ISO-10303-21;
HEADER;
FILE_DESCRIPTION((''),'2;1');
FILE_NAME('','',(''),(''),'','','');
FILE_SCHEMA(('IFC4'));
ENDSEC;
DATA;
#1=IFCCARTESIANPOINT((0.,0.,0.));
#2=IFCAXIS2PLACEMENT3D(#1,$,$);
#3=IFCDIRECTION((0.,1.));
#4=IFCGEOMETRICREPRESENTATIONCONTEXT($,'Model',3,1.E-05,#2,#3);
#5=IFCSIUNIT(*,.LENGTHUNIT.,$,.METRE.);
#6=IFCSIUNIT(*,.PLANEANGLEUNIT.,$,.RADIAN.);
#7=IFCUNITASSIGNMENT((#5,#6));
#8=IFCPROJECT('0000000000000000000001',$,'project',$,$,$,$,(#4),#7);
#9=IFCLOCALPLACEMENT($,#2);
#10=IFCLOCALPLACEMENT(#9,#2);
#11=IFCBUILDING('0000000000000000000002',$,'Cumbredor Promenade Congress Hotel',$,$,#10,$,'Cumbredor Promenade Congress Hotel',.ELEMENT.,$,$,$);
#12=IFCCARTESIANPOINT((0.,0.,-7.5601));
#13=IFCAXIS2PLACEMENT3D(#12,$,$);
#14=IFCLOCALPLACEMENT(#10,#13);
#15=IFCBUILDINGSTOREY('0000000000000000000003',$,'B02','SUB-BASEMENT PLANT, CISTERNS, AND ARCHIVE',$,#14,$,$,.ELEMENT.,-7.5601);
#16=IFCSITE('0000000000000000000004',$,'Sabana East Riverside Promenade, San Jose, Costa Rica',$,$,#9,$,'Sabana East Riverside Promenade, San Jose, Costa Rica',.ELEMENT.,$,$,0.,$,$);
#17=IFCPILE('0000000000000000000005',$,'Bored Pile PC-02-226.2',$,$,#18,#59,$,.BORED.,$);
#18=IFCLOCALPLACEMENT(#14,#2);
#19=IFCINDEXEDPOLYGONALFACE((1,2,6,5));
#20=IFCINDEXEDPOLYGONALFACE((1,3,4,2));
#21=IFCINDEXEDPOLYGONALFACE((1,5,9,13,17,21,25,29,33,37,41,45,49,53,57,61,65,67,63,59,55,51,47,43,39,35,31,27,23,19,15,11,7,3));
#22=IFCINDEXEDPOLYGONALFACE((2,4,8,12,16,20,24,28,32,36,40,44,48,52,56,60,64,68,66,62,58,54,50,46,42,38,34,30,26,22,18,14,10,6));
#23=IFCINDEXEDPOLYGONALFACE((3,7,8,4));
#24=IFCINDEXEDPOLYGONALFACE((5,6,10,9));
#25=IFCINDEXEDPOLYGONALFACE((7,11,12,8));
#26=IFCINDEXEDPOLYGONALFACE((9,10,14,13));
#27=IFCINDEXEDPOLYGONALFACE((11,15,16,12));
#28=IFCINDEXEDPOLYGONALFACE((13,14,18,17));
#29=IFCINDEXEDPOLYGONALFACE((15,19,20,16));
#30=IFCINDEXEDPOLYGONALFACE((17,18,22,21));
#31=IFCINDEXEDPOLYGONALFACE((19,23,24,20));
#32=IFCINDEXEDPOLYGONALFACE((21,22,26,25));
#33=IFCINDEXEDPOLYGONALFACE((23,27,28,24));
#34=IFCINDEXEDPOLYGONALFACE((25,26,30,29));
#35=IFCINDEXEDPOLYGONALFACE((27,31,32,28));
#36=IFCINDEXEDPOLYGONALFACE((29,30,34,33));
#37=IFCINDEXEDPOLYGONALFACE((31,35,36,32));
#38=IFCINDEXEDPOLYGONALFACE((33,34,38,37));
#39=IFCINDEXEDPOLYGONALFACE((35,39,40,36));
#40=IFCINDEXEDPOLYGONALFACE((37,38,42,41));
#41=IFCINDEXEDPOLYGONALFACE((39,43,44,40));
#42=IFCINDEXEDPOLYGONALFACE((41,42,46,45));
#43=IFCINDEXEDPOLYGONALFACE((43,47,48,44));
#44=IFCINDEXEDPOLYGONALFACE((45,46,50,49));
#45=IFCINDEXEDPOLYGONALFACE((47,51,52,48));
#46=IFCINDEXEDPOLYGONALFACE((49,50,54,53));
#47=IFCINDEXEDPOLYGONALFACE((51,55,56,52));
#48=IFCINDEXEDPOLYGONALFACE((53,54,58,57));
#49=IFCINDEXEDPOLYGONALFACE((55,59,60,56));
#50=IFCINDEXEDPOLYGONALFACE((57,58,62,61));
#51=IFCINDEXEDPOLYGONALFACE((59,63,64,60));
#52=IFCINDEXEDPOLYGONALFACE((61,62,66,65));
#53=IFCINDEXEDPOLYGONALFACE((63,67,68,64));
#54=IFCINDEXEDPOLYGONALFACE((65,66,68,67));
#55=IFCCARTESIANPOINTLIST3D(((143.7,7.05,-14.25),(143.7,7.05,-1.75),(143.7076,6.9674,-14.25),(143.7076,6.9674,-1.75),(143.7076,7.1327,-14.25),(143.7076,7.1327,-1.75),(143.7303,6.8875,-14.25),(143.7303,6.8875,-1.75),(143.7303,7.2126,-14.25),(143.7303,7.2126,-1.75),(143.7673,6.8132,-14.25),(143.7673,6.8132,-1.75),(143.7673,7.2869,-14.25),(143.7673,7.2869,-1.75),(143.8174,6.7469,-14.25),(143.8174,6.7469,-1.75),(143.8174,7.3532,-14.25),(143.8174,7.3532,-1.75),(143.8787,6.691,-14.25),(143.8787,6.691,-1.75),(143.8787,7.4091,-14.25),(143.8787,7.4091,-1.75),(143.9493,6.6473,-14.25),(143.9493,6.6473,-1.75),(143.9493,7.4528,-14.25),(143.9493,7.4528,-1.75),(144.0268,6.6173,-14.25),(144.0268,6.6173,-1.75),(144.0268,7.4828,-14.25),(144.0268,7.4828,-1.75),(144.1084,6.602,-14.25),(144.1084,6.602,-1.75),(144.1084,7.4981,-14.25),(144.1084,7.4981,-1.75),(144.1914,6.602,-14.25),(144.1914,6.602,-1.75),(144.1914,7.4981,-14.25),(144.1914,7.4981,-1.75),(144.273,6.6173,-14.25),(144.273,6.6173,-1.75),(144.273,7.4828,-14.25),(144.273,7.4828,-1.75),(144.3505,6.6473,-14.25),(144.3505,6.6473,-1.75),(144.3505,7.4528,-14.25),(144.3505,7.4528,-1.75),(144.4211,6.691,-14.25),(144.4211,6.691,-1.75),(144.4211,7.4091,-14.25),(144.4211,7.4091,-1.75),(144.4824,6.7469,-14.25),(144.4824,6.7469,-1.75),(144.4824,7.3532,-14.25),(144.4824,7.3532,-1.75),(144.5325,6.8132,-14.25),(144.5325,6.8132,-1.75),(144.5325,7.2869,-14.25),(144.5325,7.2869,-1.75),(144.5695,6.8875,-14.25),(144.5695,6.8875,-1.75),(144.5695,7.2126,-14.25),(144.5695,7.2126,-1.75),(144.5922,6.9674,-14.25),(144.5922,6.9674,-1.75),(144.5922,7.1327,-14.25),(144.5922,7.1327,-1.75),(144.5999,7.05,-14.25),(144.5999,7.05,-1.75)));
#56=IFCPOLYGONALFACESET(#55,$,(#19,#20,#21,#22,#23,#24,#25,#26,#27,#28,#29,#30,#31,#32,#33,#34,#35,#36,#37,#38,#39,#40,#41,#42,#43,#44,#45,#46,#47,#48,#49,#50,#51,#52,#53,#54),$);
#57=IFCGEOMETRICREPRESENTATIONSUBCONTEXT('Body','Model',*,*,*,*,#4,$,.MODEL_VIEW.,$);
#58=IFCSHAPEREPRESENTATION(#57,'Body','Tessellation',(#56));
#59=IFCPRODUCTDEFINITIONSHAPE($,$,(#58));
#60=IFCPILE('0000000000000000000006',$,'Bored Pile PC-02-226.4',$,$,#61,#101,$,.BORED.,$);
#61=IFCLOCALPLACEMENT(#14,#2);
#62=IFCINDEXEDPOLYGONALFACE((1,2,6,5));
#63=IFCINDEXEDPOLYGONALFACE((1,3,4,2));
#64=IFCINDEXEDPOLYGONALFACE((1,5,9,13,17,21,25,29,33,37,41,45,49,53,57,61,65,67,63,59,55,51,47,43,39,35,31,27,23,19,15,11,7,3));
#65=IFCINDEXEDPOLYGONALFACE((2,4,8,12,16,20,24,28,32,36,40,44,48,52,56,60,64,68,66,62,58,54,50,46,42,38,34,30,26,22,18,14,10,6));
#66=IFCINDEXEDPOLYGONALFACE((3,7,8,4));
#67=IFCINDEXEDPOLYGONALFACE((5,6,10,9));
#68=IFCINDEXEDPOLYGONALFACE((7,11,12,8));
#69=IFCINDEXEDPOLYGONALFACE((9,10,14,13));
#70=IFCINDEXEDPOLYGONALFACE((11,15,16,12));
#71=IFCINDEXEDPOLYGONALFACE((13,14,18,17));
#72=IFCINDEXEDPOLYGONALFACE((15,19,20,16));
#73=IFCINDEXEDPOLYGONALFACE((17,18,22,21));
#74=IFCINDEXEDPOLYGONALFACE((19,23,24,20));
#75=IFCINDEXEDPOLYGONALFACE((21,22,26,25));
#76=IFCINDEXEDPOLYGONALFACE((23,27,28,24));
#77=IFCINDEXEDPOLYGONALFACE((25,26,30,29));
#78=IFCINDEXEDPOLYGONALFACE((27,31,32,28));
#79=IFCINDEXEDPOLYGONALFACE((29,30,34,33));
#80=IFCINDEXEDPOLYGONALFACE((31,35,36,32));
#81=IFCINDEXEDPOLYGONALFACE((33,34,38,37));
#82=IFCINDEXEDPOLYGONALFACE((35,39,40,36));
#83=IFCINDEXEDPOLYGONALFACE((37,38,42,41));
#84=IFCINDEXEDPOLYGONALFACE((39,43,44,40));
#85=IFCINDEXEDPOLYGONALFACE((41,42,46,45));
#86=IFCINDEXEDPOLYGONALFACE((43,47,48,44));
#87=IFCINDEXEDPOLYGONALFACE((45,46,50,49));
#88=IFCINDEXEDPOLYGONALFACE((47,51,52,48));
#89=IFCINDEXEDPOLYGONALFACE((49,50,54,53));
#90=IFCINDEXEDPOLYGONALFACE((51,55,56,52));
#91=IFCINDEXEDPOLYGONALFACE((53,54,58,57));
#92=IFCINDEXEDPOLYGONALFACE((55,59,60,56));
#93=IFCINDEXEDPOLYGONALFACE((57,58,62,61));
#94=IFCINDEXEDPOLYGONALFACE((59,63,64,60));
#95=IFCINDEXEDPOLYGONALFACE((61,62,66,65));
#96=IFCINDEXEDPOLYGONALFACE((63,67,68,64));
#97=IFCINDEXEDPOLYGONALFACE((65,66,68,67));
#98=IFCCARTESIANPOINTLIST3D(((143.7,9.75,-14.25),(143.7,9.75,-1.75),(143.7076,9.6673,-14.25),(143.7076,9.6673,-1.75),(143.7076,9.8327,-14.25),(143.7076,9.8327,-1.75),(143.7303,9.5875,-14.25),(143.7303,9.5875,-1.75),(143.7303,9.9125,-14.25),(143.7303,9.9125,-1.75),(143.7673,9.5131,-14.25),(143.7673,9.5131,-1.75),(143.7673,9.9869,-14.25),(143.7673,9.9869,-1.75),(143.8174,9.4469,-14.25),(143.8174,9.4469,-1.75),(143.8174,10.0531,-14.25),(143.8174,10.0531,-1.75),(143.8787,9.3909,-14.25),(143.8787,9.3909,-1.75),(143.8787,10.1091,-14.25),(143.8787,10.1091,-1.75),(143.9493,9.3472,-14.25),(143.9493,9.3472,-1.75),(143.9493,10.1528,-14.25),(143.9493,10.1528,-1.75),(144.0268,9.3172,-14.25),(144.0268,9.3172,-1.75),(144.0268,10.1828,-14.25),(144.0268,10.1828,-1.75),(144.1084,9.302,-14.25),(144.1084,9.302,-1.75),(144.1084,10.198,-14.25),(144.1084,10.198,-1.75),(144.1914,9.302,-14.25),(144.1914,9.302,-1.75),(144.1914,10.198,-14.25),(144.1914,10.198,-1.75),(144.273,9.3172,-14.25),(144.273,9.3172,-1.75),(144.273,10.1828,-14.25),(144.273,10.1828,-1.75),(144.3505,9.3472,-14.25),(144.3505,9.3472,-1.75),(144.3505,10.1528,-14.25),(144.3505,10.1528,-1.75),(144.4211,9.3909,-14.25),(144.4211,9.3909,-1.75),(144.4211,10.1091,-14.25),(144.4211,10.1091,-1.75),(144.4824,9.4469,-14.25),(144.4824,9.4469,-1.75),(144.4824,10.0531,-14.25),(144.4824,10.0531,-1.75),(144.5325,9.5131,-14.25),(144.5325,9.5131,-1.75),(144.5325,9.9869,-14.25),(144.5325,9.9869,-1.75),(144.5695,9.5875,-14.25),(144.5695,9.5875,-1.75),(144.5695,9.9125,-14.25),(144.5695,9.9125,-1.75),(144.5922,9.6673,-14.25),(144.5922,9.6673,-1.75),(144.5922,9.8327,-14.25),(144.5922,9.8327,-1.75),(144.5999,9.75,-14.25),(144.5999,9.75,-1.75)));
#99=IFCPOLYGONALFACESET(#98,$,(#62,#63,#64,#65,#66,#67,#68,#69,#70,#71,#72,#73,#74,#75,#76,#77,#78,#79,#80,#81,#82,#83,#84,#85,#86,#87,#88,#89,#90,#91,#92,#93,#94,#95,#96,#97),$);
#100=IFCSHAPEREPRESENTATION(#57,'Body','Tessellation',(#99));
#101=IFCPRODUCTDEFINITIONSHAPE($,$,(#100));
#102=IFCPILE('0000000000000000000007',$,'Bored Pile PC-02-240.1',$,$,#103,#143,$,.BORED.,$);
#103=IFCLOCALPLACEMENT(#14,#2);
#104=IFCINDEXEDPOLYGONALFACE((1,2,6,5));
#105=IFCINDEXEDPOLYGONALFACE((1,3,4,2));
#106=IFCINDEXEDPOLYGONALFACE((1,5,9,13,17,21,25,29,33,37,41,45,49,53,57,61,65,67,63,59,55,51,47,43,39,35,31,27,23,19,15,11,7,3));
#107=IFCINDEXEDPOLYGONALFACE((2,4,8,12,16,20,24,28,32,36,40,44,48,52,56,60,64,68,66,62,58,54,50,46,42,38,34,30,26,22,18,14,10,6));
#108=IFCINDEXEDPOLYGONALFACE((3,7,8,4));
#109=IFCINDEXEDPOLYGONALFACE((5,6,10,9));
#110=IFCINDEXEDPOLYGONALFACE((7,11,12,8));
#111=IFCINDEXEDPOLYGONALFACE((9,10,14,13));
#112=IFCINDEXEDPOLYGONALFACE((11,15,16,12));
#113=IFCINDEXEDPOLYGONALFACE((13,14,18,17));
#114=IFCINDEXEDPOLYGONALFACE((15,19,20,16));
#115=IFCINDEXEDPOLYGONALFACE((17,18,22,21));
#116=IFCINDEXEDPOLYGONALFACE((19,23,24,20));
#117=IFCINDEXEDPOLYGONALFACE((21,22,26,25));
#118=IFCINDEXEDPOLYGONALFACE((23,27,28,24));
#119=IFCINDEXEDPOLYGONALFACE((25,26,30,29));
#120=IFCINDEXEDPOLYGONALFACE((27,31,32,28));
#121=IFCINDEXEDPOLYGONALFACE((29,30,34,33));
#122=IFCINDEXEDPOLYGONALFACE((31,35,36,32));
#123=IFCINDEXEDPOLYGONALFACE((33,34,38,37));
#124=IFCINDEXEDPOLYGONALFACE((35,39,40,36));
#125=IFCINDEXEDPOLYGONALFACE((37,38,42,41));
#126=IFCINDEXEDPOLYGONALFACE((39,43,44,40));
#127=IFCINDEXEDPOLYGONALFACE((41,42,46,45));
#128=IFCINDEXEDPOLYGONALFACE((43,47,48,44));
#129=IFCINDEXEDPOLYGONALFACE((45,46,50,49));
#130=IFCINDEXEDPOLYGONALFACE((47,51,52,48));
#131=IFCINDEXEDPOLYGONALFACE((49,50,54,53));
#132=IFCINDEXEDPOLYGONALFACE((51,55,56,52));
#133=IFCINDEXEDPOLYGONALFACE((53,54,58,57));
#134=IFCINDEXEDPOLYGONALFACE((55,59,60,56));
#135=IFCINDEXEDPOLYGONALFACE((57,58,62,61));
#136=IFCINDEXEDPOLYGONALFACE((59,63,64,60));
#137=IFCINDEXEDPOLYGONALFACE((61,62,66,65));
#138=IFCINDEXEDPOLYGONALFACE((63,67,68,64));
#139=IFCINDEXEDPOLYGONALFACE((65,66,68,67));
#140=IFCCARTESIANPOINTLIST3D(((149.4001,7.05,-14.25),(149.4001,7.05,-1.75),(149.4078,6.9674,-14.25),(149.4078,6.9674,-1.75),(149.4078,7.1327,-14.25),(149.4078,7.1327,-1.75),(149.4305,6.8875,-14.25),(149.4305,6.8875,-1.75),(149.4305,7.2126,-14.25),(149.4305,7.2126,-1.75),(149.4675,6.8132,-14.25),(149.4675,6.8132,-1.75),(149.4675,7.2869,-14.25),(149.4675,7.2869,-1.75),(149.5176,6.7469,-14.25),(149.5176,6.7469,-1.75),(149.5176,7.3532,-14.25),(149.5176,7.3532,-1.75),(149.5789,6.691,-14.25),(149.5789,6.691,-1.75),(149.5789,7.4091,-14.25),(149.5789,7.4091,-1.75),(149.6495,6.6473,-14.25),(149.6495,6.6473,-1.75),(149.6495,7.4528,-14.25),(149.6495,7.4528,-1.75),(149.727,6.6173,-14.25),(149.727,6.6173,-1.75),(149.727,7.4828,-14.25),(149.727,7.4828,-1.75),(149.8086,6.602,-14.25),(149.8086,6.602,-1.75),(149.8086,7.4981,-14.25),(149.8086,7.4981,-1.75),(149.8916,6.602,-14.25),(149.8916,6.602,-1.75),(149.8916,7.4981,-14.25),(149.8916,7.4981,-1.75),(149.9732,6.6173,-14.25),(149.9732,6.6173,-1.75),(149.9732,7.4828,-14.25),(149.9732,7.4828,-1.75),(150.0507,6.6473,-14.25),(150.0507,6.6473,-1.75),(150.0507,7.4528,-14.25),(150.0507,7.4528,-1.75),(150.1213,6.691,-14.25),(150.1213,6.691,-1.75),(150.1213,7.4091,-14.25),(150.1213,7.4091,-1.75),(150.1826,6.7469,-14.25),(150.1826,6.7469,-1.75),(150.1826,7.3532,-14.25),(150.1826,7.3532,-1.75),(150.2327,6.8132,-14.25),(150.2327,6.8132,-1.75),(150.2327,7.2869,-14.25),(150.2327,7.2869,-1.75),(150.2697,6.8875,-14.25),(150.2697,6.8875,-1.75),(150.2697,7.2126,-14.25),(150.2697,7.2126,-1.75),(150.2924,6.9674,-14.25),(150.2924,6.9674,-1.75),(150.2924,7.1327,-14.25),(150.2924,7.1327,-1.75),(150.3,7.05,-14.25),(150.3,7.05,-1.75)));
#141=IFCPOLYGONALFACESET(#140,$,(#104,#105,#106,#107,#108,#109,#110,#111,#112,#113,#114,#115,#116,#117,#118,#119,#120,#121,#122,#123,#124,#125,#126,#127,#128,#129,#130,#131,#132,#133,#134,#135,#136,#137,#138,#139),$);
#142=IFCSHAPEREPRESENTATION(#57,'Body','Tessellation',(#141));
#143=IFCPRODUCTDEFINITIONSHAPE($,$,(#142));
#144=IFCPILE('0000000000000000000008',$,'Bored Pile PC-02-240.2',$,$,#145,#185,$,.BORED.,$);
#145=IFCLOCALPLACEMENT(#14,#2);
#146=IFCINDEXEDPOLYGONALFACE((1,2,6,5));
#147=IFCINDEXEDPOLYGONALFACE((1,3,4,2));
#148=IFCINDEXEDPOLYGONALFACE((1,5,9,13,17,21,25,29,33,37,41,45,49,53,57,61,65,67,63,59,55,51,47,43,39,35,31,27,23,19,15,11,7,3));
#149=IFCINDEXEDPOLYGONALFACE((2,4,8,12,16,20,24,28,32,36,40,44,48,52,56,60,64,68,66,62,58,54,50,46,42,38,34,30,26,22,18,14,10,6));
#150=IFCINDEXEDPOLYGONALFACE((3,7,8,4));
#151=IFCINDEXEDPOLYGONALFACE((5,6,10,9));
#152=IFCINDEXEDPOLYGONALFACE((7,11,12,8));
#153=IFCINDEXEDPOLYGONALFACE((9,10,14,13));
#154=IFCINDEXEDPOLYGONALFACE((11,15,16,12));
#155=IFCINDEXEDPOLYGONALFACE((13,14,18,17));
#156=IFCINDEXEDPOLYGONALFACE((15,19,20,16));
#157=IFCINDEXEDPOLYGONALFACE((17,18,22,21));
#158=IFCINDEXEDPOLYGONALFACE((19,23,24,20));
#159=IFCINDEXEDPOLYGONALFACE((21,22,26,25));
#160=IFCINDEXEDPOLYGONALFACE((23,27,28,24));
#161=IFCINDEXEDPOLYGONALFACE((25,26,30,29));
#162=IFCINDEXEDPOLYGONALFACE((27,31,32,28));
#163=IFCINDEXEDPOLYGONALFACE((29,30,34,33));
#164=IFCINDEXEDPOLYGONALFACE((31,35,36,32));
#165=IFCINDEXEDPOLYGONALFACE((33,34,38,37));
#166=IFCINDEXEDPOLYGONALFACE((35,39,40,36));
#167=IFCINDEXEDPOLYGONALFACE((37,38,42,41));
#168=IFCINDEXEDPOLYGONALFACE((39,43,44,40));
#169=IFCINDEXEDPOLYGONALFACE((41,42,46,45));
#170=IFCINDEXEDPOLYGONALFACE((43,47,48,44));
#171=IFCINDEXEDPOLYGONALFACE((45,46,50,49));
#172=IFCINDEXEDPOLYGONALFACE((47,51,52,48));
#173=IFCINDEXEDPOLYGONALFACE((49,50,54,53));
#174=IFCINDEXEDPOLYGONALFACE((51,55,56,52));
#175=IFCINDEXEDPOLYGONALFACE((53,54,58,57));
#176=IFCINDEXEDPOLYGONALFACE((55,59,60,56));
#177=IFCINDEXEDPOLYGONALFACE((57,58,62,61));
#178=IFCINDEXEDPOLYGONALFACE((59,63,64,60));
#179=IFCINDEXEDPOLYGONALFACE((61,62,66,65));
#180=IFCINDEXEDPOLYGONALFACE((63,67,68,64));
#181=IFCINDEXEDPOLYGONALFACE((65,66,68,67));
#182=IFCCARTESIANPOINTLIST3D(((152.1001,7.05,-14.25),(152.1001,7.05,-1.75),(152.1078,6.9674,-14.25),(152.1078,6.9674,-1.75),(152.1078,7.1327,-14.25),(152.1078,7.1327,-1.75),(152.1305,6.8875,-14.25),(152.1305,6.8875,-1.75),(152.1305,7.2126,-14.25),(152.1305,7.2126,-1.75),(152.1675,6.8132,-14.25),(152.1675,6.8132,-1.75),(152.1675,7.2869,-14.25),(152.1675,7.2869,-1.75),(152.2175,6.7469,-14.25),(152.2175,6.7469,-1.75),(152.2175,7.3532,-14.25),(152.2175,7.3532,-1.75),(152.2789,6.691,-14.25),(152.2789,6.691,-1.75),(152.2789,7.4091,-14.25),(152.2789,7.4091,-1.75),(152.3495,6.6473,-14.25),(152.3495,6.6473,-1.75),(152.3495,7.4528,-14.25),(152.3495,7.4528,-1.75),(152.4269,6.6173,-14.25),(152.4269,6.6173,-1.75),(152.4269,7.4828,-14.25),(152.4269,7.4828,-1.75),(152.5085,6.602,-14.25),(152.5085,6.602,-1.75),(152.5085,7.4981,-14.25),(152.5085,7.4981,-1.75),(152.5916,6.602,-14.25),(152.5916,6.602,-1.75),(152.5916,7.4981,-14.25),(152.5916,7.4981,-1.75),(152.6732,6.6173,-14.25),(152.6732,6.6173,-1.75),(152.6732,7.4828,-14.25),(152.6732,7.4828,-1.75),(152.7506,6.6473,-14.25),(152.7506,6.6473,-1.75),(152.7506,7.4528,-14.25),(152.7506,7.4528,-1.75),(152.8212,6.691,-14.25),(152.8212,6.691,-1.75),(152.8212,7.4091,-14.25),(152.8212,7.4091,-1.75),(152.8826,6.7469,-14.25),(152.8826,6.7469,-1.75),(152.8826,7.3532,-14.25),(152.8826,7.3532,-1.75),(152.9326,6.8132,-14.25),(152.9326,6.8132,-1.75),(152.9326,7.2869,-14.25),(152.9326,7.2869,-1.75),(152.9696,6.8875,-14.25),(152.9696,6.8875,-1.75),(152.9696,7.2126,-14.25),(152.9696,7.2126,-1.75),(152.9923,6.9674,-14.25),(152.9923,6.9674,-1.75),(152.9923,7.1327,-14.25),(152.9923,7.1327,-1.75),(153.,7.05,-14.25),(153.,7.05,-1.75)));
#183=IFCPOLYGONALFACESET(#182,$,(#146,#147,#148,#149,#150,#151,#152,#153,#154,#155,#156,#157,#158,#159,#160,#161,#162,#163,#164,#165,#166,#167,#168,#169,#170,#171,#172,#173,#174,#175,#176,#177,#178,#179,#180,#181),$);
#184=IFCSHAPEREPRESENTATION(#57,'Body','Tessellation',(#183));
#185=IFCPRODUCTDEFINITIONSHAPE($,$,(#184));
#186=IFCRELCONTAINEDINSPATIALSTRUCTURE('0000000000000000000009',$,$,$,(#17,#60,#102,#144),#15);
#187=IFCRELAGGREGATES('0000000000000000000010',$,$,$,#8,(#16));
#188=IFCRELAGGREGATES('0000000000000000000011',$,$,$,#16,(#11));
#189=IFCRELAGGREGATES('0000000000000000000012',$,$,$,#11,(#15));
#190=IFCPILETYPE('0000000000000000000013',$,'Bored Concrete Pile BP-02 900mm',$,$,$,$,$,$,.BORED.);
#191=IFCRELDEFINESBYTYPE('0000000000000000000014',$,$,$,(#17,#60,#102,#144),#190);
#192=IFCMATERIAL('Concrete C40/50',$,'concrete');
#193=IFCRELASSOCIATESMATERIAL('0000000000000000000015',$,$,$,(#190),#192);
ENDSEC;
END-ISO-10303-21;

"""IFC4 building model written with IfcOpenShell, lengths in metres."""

from ifc_helpers import new_model, si_unit, direction, frame, origin, origin_2d, place, context, subcontext, project, spatial, circle, extrude, material, material_profile, profile_set, type_object, element, save


model = new_model("IFC4")

# Units and contexts
model_context = context("Model", 3, precision=1e-05, world=origin(), true_north=direction((0.0, 1.0)))
body_context = subcontext(model_context, "Body", "Model", "MODEL_VIEW")
ifc_project = project(units=[si_unit("LENGTHUNIT", "METRE"), si_unit("PLANEANGLEUNIT", "RADIAN")], contexts=[model_context])

# Site, building, storey
site_placement = place(None, origin())
site = spatial("IfcSite", under=ifc_project, at=site_placement, Name="Sabana East Riverside Promenade, San Jose, Costa Rica", LongName="Sabana East Riverside Promenade, San Jose, Costa Rica", CompositionType="ELEMENT", RefElevation=0.0)
building_placement = place(site_placement, origin())
building = spatial("IfcBuilding", under=site, at=building_placement, Name="Cumbredor Promenade Congress Hotel", LongName="Cumbredor Promenade Congress Hotel", CompositionType="ELEMENT")
storey_placement = place(building_placement, frame((0.0, 0.0, -7.5601)))
storey = spatial("IfcBuildingStorey", under=building, at=storey_placement, Name="B02", Description="SUB-BASEMENT PLANT, CISTERNS, AND ARCHIVE", CompositionType="ELEMENT", Elevation=-7.5601)

# Piles
ifc_material_1 = material(Name="Concrete C40/50", Category="concrete")
ifc_material_profile_1 = material_profile(ifc_material_1, circle(Radius=0.45, at=origin_2d()), Name="PILE D900")
ifc_profile_set_1 = profile_set([ifc_material_profile_1], Name="Concrete C40/50")
pile_type = type_object("IfcPileType", Name="Bored Concrete Pile BP-02 900mm", PredefinedType="BORED", material=ifc_profile_set_1)
for number, where, z_axis, x_axis, name in (
    (1, (144.1499, 7.05, -1.75), (0.0, 0.0, -1.0), (1.0, 0.0, 0.0), "Bored Pile PC-02-226.2"),
    (2, (144.1499, 9.75, -1.75), (0.0, 0.0, -1.0), (1.0, 0.0, 0.0), "Bored Pile PC-02-226.4"),
    (3, (149.8501, 7.05, -1.75), (0.0, 0.0, -1.0), (1.0, 0.0, 0.0), "Bored Pile PC-02-240.1"),
    (4, (152.55, 7.05, -1.75), (0.0, 0.0, -1.0), (1.0, 0.0, 0.0), "Bored Pile PC-02-240.2"),
):
    element("IfcPile", number, at=place(storey_placement, frame(where, z_axis=z_axis, x_axis=x_axis)), inside=storey, type_object=pile_type, Name=name, PredefinedType="BORED", context=body_context, shape_type="SweptSolid", body=[
        extrude(circle(Radius=0.45, at=origin_2d()), origin(), (0.0, 0.0, 1.0), 12.5),
    ])

save(model, "model.ifc")
